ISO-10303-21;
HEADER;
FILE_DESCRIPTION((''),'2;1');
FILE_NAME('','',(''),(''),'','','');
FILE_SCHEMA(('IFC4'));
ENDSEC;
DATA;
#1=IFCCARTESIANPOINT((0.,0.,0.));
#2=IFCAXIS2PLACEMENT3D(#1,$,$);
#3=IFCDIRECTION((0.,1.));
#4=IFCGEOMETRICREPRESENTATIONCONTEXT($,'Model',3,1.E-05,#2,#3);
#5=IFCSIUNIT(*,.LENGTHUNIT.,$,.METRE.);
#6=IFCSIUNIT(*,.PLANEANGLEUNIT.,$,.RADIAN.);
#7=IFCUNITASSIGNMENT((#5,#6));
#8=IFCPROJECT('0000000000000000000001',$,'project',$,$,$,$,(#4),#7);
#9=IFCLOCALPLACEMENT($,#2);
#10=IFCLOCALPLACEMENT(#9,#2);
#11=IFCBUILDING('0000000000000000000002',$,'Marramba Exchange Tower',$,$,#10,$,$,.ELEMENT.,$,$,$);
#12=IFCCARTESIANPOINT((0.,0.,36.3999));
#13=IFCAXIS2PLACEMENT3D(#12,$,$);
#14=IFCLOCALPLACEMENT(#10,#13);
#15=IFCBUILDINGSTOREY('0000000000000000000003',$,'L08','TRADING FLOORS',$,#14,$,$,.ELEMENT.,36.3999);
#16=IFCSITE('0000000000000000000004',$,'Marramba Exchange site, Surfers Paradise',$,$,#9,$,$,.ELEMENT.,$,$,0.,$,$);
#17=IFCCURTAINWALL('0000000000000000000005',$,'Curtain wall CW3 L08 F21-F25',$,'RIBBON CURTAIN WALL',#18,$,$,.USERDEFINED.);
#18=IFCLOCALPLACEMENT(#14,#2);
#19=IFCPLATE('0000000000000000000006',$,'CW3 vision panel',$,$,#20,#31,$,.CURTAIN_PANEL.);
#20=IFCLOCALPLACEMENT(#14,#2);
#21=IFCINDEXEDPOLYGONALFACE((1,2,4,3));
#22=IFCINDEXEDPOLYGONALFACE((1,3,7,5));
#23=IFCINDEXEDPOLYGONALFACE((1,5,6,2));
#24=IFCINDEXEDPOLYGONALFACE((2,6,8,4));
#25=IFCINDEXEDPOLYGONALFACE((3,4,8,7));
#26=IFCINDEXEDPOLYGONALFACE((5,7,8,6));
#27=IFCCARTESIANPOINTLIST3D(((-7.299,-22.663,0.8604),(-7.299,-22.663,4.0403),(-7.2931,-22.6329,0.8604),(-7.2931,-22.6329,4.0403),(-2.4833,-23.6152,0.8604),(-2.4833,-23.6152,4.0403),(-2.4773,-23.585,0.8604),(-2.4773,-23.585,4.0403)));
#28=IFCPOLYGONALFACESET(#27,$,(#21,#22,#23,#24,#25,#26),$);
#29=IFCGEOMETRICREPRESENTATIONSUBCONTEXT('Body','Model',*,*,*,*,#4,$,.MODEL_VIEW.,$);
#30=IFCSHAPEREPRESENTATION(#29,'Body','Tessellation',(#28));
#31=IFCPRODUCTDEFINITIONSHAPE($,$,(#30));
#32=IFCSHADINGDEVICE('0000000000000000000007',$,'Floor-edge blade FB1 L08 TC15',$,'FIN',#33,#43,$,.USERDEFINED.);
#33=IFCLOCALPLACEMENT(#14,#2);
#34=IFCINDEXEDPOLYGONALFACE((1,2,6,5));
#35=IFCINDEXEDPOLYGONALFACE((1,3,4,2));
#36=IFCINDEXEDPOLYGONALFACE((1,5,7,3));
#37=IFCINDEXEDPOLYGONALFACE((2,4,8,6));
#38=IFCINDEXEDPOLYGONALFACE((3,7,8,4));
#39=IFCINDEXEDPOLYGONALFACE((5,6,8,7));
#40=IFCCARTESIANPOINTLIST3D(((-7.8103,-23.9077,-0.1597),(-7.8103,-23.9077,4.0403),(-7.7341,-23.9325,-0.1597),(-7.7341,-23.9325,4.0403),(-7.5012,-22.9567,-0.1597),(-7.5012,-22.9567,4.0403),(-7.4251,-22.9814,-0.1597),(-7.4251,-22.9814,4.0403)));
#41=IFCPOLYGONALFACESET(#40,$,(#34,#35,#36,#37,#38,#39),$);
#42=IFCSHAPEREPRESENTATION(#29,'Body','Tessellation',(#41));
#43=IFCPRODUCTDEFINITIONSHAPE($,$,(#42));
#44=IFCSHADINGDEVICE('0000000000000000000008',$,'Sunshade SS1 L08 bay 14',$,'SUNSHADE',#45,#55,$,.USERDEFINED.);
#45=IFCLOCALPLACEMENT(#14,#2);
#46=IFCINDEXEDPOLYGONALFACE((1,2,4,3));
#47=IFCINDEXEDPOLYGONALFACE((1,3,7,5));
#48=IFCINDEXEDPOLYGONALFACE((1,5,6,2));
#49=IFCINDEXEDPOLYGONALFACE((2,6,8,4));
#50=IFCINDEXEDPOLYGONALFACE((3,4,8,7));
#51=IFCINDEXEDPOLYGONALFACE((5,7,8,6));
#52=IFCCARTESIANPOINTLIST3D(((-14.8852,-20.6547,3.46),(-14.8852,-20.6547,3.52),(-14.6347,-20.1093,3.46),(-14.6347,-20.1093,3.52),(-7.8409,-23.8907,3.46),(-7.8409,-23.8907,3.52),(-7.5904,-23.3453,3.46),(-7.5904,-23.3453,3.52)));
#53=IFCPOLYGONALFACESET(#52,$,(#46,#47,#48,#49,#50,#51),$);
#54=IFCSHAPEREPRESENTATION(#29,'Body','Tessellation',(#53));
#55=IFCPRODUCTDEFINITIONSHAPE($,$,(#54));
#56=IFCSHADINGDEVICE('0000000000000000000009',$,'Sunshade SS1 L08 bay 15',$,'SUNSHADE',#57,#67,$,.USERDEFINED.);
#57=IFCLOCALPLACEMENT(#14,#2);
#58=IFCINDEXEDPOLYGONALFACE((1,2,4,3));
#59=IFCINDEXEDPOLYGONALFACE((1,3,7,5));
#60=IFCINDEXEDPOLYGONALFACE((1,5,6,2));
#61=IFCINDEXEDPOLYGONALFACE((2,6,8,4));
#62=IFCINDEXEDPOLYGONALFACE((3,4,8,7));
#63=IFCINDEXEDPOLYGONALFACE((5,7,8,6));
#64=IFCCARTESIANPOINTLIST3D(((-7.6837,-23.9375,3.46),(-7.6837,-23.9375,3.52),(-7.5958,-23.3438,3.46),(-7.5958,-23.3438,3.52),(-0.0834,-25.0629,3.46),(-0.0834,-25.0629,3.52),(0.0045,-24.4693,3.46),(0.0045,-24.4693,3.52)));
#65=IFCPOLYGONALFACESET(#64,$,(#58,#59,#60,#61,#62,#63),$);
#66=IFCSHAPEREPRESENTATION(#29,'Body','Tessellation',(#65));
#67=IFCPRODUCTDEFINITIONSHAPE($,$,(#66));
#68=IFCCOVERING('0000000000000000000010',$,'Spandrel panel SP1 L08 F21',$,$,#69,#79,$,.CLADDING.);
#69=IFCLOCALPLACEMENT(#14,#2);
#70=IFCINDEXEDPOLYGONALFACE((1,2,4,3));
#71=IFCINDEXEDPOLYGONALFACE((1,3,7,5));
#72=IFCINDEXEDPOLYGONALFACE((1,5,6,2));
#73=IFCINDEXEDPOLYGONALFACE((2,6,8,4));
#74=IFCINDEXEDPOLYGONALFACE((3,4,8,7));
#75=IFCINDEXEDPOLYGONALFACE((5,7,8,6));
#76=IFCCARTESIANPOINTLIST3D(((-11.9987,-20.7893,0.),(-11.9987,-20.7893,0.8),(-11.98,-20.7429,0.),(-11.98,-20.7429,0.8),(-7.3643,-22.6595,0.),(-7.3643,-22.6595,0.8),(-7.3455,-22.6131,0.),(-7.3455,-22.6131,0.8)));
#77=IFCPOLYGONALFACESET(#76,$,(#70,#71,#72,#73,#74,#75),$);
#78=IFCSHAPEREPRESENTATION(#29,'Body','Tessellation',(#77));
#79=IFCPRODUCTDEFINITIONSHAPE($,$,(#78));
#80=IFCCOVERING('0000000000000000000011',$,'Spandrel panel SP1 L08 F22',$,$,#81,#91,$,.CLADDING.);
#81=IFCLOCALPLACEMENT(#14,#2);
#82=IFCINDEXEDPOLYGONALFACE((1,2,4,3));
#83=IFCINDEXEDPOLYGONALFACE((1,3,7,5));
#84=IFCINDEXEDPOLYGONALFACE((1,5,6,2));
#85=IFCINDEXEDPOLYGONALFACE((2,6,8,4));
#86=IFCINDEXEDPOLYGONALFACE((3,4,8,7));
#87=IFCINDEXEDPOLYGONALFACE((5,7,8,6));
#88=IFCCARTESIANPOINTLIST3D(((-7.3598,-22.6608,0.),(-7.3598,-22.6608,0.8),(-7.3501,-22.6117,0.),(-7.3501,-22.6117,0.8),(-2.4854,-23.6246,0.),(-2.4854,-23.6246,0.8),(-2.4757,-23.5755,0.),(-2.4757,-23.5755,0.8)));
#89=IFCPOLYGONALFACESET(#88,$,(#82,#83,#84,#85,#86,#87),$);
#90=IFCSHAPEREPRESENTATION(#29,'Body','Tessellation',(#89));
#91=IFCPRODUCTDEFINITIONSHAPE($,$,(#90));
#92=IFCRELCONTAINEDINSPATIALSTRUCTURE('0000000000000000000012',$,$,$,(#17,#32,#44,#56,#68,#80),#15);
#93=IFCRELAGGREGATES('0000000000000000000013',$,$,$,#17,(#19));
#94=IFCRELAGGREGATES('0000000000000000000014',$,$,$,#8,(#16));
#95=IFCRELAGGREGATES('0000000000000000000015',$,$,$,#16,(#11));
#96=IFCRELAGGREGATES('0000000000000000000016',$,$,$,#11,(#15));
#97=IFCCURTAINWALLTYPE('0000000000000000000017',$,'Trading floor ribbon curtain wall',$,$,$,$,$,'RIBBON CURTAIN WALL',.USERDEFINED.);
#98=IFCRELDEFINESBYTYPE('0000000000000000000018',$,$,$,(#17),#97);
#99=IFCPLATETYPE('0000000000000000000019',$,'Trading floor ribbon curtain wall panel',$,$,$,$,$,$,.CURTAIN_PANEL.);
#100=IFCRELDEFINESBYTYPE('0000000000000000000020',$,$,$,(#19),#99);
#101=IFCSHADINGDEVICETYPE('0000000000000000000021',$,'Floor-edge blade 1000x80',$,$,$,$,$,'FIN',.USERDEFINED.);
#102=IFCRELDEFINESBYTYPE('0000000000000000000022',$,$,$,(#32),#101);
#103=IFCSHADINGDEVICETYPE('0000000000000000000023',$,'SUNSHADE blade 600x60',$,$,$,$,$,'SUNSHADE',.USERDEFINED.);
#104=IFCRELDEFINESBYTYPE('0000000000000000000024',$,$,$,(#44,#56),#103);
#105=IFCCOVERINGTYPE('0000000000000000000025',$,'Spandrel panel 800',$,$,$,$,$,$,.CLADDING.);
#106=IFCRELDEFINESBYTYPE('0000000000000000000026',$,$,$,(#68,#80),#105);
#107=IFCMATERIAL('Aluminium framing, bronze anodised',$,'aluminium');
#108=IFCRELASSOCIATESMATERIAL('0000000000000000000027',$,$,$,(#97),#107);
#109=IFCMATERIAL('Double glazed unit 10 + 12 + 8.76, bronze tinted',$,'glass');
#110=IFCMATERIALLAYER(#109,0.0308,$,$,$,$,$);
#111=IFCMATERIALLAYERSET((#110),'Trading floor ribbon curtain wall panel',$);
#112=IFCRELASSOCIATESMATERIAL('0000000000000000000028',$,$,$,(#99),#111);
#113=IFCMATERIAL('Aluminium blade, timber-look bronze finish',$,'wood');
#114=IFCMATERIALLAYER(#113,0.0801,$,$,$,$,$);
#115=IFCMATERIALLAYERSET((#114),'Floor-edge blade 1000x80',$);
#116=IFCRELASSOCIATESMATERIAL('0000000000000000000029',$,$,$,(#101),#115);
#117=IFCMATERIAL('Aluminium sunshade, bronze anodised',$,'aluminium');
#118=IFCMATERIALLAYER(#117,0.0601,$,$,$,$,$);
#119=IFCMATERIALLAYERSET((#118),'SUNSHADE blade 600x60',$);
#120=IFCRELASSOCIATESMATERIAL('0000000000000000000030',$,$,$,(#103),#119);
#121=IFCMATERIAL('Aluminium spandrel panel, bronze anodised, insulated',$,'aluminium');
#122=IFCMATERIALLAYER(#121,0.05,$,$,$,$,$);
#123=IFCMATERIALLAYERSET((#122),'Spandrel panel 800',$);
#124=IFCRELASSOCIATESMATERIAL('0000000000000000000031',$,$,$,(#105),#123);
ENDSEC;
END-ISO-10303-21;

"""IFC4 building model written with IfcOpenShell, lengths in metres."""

from ifc_helpers import new_model, si_unit, direction, frame, origin, origin_2d, place, context, subcontext, project, spatial, rectangle, extrude, material, layer, layer_set, type_object, element, aggregate, save


model = new_model("IFC4")

# Units and contexts
model_context = context("Model", 3, precision=1e-05, world=origin(), true_north=direction((0.0, 1.0)))
body_context = subcontext(model_context, "Body", "Model", "MODEL_VIEW")
ifc_project = project(units=[si_unit("LENGTHUNIT", "METRE"), si_unit("PLANEANGLEUNIT", "RADIAN")], contexts=[model_context])

# Site, building, storey
site_placement = place(None, origin())
site = spatial("IfcSite", under=ifc_project, at=site_placement, Name="Marramba Exchange site, Surfers Paradise", CompositionType="ELEMENT", RefElevation=0.0)
building_placement = place(site_placement, origin())
building = spatial("IfcBuilding", under=site, at=building_placement, Name="Marramba Exchange Tower", CompositionType="ELEMENT")
storey_placement = place(building_placement, frame((0.0, 0.0, 36.3999)))
storey = spatial("IfcBuildingStorey", under=building, at=storey_placement, Name="L08", Description="TRADING FLOORS", CompositionType="ELEMENT", Elevation=36.3999)

# Curtain wall, plate
ifc_material_1 = material(Name="Aluminium framing, bronze anodised", Category="aluminium")
curtain_wall_type = type_object("IfcCurtainWallType", Name="Trading floor ribbon curtain wall", ElementType="RIBBON CURTAIN WALL", PredefinedType="USERDEFINED", material=ifc_material_1)
curtain_wall_placement = place(storey_placement, origin())
curtain_wall = element("IfcCurtainWall", 1, at=curtain_wall_placement, inside=storey, type_object=curtain_wall_type, Name="Curtain wall CW3 L08 F21-F25", ObjectType="RIBBON CURTAIN WALL", PredefinedType="USERDEFINED")
ifc_material_2 = material(Name="Double glazed unit 10 + 12 + 8.76, bronze tinted", Category="glass")
ifc_layer_1 = layer(ifc_material_2, 0.0308)
ifc_layer_set_1 = layer_set([ifc_layer_1], Name="Trading floor ribbon curtain wall panel")
plate_type = type_object("IfcPlateType", Name="Trading floor ribbon curtain wall panel", PredefinedType="CURTAIN_PANEL", material=ifc_layer_set_1)
plate_1_placement = place(storey_placement, frame((-4.8882, -23.124, 0.8604), z_axis=(0.0, 0.0, 1.0), x_axis=(0.981009, -0.193961, 0.0)))
plate_1 = element("IfcPlate", 2, at=plate_1_placement, type_object=plate_type, Name="CW3 vision panel", PredefinedType="CURTAIN_PANEL", context=body_context, shape_type="SweptSolid", body=[
    extrude(rectangle(XDim=4.9089, YDim=0.0308, at=origin_2d()), origin(), (0.0, 0.0, 1.0), 3.1799),
])
aggregate(curtain_wall, [plate_1])

# Shading devices
ifc_material_3 = material(Name="Aluminium blade, timber-look bronze finish", Category="wood")
ifc_layer_2 = layer(ifc_material_3, 0.0801)
ifc_layer_set_2 = layer_set([ifc_layer_2], Name="Floor-edge blade 1000x80")
shading_device_type_1 = type_object("IfcShadingDeviceType", Name="Floor-edge blade 1000x80", ElementType="FIN", PredefinedType="USERDEFINED", material=ifc_layer_set_2)
shading_device_1_placement = place(storey_placement, frame((-7.6177, -23.4446, -0.1597), z_axis=(0.0, 0.0, 1.0), x_axis=(-0.309017, -0.951057, 0.0)))
element("IfcShadingDevice", 3, at=shading_device_1_placement, inside=storey, type_object=shading_device_type_1, Name="Floor-edge blade FB1 L08 TC15", ObjectType="FIN", PredefinedType="USERDEFINED", context=body_context, shape_type="SweptSolid", body=[
    extrude(rectangle(XDim=1.0, YDim=0.0801, at=origin_2d()), origin(), (0.0, 0.0, 1.0), 4.2),
])
ifc_material_4 = material(Name="Aluminium sunshade, bronze anodised", Category="aluminium")
ifc_layer_3 = layer(ifc_material_4, 0.0601)
ifc_layer_set_3 = layer_set([ifc_layer_3], Name="SUNSHADE blade 600x60")
shading_device_type_2 = type_object("IfcShadingDeviceType", Name="SUNSHADE blade 600x60", ElementType="SUNSHADE", PredefinedType="USERDEFINED", material=ifc_layer_set_3)
shading_device_2_placement = place(storey_placement, frame((-11.2378, -22.0, 3.46), z_axis=(0.0, 0.0, 1.0), x_axis=(0.908704, -0.417442, 0.0)))
element("IfcShadingDevice", 4, at=shading_device_2_placement, inside=storey, type_object=shading_device_type_2, Name="Sunshade SS1 L08 bay 14", ObjectType="SUNSHADE", PredefinedType="USERDEFINED", context=body_context, shape_type="SweptSolid", body=[
    extrude(rectangle(XDim=7.752, YDim=0.6001, at=origin_2d()), origin(), (0.0, 0.0, 1.0), 0.0601),
])
shading_device_3_placement = place(storey_placement, frame((-3.8396, -24.2034, 3.46), z_axis=(0.0, 0.0, 1.0), x_axis=(0.989213, -0.146485, 0.0)))
element("IfcShadingDevice", 5, at=shading_device_3_placement, inside=storey, type_object=shading_device_type_2, Name="Sunshade SS1 L08 bay 15", ObjectType="SUNSHADE", PredefinedType="USERDEFINED", context=body_context, shape_type="SweptSolid", body=[
    extrude(rectangle(XDim=7.6831, YDim=0.6001, at=origin_2d()), origin(), (0.0, 0.0, 1.0), 0.0601),
])

# Coverings
ifc_material_5 = material(Name="Aluminium spandrel panel, bronze anodised, insulated", Category="aluminium")
ifc_layer_4 = layer(ifc_material_5, 0.05)
ifc_layer_set_4 = layer_set([ifc_layer_4], Name="Spandrel panel 800")
covering_type = type_object("IfcCoveringType", Name="Spandrel panel 800", PredefinedType="CLADDING", material=ifc_layer_set_4)
covering_1_placement = place(storey_placement, frame((-9.6721, -21.7012, 0.0), z_axis=(0.0, 0.0, 1.0), x_axis=(0.927341, -0.374218, 0.0)))
element("IfcCovering", 6, at=covering_1_placement, inside=storey, type_object=covering_type, Name="Spandrel panel SP1 L08 F21", PredefinedType="CLADDING", context=body_context, shape_type="SweptSolid", body=[
    extrude(rectangle(XDim=4.9976, YDim=0.05, at=origin_2d()), origin(), (0.0, 0.0, 1.0), 0.8),
])
covering_2_placement = place(storey_placement, frame((-4.9177, -23.1182, 0.0), z_axis=(0.0, 0.0, 1.0), x_axis=(0.981009, -0.193961, 0.0)))
element("IfcCovering", 7, at=covering_2_placement, inside=storey, type_object=covering_type, Name="Spandrel panel SP1 L08 F22", PredefinedType="CLADDING", context=body_context, shape_type="SweptSolid", body=[
    extrude(rectangle(XDim=4.9688, YDim=0.05, at=origin_2d()), origin(), (0.0, 0.0, 1.0), 0.8),
])

save(model, "model.ifc")
